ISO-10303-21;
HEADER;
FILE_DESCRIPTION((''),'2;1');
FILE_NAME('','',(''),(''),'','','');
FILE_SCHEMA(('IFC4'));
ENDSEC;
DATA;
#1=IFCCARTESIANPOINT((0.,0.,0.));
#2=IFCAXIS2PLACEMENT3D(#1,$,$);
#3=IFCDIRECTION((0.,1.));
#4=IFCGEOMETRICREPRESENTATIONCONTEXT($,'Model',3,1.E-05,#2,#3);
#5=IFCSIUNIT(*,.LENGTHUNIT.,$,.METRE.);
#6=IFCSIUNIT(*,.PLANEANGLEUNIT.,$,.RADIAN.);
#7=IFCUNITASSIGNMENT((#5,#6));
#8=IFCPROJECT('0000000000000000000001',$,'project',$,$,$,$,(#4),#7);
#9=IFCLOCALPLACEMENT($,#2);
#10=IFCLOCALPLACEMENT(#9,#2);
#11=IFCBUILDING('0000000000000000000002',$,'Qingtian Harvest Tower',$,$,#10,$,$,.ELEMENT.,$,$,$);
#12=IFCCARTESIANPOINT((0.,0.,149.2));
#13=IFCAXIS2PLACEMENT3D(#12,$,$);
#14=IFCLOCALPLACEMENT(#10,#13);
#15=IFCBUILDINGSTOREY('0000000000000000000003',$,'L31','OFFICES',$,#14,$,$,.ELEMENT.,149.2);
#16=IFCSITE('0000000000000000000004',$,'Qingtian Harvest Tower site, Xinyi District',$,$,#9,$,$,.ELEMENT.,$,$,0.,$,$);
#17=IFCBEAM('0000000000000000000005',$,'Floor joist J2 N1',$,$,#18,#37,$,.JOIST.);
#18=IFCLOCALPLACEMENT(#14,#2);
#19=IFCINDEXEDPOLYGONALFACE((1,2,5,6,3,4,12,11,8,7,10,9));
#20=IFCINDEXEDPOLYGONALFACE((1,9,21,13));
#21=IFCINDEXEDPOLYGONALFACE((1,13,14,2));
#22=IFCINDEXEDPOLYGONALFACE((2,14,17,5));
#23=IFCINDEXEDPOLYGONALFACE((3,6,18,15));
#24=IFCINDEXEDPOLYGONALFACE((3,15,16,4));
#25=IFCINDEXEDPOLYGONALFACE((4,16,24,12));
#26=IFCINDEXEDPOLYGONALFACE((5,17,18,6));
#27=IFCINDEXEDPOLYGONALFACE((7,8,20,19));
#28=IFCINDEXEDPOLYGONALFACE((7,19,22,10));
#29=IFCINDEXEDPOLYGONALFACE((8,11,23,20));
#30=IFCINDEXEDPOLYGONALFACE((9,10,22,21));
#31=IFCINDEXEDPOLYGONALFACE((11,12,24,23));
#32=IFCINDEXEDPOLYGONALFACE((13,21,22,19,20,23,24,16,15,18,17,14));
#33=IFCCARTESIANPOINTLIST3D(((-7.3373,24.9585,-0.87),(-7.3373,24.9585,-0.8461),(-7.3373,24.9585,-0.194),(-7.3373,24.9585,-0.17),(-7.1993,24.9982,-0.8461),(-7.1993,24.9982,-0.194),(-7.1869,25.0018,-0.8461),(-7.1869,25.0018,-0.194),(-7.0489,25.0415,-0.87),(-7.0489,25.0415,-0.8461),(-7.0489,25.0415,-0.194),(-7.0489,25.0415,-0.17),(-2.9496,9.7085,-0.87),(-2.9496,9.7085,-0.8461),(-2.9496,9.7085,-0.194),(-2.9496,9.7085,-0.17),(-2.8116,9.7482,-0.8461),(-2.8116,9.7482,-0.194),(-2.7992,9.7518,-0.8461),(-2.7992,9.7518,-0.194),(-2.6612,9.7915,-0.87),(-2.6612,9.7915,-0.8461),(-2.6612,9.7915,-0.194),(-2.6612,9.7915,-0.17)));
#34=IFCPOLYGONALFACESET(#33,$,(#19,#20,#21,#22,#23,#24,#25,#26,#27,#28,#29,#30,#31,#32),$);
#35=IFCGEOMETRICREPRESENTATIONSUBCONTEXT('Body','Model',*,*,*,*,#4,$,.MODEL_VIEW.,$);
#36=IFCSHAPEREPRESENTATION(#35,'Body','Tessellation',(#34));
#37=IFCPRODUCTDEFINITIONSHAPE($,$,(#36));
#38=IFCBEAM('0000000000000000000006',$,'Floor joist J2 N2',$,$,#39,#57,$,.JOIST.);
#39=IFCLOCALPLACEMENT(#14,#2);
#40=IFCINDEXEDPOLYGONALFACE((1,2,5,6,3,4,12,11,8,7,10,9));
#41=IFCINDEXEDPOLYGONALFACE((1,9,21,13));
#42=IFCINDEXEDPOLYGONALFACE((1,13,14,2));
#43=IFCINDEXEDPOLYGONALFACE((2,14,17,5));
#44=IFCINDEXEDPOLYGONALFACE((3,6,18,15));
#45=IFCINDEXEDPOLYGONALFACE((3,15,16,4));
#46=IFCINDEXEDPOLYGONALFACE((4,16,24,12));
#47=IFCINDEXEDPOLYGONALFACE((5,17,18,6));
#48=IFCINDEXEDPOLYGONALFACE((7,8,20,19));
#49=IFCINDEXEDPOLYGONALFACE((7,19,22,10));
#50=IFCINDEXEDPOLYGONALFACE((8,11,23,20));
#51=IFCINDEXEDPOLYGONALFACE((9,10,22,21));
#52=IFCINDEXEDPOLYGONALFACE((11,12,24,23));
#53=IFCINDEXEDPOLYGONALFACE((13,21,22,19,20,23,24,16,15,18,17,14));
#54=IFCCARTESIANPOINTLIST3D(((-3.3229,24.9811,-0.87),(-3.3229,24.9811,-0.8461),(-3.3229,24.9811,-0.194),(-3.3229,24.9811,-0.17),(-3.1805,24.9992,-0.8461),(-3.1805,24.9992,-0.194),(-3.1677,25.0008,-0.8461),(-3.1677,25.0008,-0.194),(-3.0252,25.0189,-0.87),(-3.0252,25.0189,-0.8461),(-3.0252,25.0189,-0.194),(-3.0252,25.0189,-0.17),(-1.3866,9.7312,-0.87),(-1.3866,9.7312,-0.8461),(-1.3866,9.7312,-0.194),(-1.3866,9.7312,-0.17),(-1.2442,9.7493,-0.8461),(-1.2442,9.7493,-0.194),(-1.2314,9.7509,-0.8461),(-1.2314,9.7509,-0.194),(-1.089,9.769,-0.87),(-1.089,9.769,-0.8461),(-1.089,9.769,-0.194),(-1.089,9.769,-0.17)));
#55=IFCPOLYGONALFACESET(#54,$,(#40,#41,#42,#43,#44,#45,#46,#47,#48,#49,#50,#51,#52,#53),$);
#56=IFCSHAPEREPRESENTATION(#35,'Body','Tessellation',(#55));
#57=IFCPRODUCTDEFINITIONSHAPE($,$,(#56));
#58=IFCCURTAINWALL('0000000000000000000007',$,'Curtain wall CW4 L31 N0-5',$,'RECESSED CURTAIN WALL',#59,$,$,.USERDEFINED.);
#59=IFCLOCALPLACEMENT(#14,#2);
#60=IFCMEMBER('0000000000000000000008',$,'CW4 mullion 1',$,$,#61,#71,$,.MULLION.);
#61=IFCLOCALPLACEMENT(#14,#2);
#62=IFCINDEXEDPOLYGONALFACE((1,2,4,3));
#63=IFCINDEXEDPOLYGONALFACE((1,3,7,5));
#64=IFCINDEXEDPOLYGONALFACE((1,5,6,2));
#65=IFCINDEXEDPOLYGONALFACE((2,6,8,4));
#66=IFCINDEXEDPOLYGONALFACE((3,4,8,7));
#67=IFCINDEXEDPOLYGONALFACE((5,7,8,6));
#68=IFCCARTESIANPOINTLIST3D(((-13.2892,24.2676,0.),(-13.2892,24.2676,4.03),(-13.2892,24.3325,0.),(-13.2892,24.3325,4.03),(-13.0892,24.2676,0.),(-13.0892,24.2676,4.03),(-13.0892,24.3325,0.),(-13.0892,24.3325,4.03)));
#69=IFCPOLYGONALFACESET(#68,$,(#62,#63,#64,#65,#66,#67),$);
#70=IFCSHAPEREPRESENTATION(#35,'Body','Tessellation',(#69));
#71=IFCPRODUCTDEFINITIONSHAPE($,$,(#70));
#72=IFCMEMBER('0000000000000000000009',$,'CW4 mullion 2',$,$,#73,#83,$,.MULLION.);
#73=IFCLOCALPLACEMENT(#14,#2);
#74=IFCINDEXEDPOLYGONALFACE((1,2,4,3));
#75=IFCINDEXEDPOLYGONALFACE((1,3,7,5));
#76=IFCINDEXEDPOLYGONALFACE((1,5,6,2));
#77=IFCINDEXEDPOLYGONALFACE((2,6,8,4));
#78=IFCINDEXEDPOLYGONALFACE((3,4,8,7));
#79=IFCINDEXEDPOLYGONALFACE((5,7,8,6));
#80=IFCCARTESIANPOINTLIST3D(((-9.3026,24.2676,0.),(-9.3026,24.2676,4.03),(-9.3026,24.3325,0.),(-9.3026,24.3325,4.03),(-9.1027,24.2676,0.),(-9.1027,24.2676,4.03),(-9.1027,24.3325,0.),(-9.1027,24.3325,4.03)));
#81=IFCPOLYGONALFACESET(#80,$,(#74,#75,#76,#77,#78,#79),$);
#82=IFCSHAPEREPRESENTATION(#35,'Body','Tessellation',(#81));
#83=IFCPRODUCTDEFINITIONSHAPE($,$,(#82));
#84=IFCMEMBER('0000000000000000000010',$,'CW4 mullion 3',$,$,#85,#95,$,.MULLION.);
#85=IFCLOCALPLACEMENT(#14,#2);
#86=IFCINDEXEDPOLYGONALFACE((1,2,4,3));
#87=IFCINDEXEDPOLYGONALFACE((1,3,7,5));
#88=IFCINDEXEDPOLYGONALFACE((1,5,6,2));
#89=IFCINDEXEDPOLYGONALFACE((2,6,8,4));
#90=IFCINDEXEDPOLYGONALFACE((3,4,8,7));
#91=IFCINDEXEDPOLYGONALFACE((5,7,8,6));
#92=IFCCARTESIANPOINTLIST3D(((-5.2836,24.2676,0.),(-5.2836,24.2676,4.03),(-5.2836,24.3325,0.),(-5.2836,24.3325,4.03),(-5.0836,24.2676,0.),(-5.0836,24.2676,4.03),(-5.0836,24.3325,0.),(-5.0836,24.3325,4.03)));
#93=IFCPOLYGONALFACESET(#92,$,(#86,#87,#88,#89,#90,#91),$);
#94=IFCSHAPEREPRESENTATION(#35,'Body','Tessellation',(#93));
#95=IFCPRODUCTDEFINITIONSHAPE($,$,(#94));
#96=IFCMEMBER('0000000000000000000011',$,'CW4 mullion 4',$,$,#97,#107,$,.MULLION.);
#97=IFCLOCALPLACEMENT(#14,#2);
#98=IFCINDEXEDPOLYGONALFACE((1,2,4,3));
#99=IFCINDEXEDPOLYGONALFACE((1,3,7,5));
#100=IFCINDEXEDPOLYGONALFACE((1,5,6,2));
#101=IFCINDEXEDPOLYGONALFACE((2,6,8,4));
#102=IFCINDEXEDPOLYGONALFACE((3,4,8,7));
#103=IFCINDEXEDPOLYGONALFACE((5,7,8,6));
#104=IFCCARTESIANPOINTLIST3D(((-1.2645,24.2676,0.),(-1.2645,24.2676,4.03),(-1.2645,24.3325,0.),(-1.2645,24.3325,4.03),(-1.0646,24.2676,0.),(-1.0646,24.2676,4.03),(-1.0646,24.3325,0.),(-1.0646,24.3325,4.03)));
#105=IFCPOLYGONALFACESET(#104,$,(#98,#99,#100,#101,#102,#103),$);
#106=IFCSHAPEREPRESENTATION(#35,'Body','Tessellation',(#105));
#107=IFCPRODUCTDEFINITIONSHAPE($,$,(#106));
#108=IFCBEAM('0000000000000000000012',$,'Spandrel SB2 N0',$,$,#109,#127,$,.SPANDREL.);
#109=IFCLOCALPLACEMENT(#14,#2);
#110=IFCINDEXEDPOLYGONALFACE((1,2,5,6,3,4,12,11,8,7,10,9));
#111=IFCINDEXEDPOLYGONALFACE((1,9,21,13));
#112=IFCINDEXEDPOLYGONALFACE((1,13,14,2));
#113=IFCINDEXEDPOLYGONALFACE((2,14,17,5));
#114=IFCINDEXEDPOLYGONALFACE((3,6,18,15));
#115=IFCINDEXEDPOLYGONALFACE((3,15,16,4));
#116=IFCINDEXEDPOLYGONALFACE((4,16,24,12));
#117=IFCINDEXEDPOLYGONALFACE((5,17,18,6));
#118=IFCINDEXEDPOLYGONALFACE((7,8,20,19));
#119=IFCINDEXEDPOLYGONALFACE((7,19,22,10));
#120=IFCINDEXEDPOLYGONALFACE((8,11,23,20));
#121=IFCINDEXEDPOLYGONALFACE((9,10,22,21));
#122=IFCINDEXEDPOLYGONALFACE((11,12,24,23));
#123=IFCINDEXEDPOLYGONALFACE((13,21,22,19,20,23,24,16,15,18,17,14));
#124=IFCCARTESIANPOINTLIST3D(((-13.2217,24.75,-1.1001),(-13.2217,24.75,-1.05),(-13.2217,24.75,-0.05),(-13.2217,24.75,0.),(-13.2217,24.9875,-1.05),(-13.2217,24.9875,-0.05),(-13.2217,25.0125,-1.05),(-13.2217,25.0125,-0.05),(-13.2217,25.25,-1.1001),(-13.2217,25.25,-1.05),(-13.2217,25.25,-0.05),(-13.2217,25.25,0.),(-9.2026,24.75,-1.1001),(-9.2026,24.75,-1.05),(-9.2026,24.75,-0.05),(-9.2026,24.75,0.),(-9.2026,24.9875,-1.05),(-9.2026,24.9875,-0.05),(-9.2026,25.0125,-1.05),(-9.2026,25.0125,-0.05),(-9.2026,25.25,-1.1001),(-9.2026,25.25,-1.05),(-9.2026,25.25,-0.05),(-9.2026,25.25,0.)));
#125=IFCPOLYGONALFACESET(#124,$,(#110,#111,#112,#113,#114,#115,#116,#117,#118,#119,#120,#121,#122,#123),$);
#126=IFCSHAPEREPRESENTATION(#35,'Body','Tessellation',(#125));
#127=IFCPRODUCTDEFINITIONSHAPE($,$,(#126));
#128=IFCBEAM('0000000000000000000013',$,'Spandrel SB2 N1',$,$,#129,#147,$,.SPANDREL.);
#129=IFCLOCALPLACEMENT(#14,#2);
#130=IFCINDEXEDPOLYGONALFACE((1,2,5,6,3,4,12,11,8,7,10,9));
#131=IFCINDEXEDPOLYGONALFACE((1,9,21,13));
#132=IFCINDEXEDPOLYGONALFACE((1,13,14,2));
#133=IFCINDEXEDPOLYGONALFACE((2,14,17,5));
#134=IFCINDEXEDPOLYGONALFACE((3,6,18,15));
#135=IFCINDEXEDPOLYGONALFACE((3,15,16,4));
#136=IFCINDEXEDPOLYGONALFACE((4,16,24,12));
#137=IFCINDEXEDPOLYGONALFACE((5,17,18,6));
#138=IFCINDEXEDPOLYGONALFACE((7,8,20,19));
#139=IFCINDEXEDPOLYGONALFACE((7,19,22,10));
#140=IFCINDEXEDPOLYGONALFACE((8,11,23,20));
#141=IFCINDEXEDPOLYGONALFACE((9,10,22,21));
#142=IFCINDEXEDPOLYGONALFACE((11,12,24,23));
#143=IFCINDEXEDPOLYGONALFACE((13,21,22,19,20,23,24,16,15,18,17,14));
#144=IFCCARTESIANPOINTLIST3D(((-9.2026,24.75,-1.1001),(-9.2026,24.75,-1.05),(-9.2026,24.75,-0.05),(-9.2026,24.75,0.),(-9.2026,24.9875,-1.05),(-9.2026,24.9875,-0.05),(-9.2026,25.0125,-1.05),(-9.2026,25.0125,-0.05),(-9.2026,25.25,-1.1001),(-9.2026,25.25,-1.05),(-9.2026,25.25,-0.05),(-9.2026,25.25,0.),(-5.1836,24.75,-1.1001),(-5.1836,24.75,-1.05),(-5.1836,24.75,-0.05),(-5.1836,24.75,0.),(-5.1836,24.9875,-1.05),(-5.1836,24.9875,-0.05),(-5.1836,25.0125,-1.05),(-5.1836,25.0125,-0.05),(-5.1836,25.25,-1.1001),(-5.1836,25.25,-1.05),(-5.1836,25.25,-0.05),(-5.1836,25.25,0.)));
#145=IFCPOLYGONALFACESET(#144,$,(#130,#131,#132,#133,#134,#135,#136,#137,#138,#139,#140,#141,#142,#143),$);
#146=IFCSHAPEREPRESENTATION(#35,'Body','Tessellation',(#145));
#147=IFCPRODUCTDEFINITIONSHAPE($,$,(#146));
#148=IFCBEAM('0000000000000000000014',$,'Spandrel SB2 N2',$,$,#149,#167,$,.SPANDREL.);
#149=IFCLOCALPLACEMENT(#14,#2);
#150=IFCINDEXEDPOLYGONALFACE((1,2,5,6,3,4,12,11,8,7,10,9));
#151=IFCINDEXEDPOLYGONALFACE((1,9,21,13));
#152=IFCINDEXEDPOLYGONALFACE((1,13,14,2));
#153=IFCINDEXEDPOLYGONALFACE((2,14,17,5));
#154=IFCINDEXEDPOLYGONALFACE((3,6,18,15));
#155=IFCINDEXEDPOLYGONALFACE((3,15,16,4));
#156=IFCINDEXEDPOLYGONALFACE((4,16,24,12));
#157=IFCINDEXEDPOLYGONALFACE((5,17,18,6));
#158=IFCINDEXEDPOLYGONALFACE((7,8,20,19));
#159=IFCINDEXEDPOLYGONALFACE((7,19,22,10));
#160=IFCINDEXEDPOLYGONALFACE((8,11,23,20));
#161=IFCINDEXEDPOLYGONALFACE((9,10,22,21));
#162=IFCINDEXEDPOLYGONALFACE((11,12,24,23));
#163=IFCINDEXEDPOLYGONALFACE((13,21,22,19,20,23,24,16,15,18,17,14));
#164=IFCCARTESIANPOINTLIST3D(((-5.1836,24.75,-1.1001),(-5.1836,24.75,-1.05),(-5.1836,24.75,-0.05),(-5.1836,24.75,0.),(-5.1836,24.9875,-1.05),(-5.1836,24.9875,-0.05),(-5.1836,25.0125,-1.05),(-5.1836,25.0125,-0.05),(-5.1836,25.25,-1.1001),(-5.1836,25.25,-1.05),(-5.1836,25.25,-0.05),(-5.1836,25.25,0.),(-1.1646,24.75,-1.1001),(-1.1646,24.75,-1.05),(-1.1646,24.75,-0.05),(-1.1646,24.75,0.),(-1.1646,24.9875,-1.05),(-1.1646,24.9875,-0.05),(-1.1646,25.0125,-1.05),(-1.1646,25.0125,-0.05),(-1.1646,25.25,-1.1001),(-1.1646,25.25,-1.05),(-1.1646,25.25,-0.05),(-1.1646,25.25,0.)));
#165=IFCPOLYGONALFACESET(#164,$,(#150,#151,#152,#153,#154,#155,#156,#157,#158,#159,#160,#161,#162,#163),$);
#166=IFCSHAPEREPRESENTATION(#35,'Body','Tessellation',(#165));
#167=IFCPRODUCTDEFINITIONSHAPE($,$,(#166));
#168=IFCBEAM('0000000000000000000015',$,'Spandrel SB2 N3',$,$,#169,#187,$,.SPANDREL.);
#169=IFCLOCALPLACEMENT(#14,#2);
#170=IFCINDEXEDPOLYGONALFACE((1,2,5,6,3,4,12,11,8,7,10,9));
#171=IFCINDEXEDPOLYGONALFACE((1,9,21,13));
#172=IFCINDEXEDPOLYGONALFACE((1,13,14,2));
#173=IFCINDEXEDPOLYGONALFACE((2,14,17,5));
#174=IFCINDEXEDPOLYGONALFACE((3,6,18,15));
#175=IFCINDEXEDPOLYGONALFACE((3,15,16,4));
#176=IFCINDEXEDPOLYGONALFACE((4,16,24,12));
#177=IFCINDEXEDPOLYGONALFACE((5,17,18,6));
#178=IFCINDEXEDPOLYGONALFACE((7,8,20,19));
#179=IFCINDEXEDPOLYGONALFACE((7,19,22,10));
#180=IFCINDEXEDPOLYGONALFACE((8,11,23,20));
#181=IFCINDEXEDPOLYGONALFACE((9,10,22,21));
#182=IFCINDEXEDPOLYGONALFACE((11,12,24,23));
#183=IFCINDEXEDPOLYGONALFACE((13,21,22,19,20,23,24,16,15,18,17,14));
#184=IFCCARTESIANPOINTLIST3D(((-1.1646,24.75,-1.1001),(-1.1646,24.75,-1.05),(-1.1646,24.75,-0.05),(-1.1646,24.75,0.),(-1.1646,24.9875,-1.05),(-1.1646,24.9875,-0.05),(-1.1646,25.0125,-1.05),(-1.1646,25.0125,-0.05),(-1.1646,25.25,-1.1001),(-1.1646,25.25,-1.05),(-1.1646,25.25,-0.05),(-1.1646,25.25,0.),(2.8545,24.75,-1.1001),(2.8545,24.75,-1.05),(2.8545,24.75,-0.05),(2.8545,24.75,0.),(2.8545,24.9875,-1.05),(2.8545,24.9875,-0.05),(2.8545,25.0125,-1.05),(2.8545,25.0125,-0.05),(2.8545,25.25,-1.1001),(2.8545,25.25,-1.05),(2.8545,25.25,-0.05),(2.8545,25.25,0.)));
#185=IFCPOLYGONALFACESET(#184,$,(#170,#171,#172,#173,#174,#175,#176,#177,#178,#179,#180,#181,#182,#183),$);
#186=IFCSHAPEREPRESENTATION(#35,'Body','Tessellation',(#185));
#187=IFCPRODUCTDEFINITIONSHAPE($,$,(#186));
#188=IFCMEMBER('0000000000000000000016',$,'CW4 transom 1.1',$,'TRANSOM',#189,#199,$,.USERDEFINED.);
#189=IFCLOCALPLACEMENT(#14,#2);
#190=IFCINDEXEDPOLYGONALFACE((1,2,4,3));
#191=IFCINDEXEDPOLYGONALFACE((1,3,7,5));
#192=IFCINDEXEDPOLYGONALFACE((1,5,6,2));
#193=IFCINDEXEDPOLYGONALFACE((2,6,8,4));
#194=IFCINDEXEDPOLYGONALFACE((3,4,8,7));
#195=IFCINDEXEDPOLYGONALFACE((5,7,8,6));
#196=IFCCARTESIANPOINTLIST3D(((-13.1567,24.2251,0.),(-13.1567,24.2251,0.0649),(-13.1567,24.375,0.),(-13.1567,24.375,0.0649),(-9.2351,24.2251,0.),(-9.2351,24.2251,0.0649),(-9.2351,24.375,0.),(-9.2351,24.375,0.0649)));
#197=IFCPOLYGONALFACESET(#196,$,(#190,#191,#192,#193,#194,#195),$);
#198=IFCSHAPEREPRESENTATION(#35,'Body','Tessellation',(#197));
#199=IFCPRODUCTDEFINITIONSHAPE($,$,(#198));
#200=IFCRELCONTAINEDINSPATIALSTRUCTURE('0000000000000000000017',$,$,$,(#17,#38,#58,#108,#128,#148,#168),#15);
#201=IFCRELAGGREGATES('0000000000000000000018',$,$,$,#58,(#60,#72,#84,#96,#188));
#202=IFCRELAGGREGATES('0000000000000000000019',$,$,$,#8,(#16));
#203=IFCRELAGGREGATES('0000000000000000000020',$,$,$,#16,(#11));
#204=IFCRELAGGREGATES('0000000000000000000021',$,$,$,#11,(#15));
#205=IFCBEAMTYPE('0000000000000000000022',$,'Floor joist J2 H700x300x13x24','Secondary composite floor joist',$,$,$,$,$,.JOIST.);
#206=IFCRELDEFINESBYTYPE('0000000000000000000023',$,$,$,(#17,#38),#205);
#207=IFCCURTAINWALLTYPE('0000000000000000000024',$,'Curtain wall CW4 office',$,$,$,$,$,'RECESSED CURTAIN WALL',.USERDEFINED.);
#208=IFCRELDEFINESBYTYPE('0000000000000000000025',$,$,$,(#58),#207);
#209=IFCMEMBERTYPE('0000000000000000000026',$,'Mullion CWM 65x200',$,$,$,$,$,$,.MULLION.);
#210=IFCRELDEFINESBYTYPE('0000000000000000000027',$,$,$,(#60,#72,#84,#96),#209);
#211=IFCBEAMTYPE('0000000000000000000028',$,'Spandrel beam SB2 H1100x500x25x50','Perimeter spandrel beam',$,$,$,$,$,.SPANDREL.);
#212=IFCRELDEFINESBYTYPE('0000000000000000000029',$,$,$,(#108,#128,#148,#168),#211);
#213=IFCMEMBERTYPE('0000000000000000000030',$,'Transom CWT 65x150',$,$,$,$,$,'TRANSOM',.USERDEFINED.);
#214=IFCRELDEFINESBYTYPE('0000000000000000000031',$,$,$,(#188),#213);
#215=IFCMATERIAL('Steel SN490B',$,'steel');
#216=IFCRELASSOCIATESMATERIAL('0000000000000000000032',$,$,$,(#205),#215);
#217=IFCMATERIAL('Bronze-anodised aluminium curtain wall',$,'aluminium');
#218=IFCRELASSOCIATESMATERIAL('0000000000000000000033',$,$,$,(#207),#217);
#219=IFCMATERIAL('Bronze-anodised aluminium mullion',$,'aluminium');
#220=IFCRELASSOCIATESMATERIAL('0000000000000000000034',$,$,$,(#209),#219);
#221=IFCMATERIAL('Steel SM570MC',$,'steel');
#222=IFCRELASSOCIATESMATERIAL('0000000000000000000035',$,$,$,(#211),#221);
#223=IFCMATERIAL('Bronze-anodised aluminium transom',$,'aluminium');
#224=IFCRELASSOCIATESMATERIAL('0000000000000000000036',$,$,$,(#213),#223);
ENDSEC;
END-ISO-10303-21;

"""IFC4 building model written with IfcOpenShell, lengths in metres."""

from ifc_helpers import new_model, si_unit, direction, frame, origin, origin_2d, place, context, subcontext, project, spatial, rectangle, i_section, extrude, material, material_profile, profile_set, type_object, element, aggregate, save


model = new_model("IFC4")

# Units and contexts
model_context = context("Model", 3, precision=1e-05, world=origin(), true_north=direction((0.0, 1.0)))
body_context = subcontext(model_context, "Body", "Model", "MODEL_VIEW")
ifc_project = project(units=[si_unit("LENGTHUNIT", "METRE"), si_unit("PLANEANGLEUNIT", "RADIAN")], contexts=[model_context])

# Site, building, storey
site_placement = place(None, origin())
site = spatial("IfcSite", under=ifc_project, at=site_placement, Name="Qingtian Harvest Tower site, Xinyi District", CompositionType="ELEMENT", RefElevation=0.0)
building_placement = place(site_placement, origin())
building = spatial("IfcBuilding", under=site, at=building_placement, Name="Qingtian Harvest Tower", CompositionType="ELEMENT")
storey_placement = place(building_placement, frame((0.0, 0.0, 149.2)))
storey = spatial("IfcBuildingStorey", under=building, at=storey_placement, Name="L31", Description="OFFICES", CompositionType="ELEMENT", Elevation=149.2)

# Beams
ifc_material_1 = material(Name="Steel SN490B", Category="steel")
ifc_material_profile_1 = material_profile(ifc_material_1, i_section(OverallWidth=0.3, OverallDepth=0.7, WebThickness=0.0129, FlangeThickness=0.0239, at=origin_2d()), Name="H700x300x13x24")
ifc_profile_set_1 = profile_set([ifc_material_profile_1], Name="Steel SN490B")
beam_type_1 = type_object("IfcBeamType", Name="Floor joist J2 H700x300x13x24", Description="Secondary composite floor joist", PredefinedType="JOIST", material=ifc_profile_set_1)
beam_1_placement = place(storey_placement, frame((-7.1931, 25.0, -0.52), z_axis=(0.276501, -0.961014, 0.0), x_axis=(0.961014, 0.276501, 0.0)))
element("IfcBeam", 1, at=beam_1_placement, inside=storey, type_object=beam_type_1, Name="Floor joist J2 N1", PredefinedType="JOIST", context=body_context, shape_type="SweptSolid", body=[
    extrude(i_section(OverallWidth=0.3, OverallDepth=0.7, WebThickness=0.0129, FlangeThickness=0.0239, at=origin_2d()), origin(), (0.0, 0.0, 1.0), 15.8687),
])
beam_2_placement = place(storey_placement, frame((-3.1741, 25.0, -0.52), z_axis=(0.125958, -0.992036, 0.0), x_axis=(0.992036, 0.125958, 0.0)))
element("IfcBeam", 2, at=beam_2_placement, inside=storey, type_object=beam_type_1, Name="Floor joist J2 N2", PredefinedType="JOIST", context=body_context, shape_type="SweptSolid", body=[
    extrude(i_section(OverallWidth=0.3, OverallDepth=0.7, WebThickness=0.0129, FlangeThickness=0.0239, at=origin_2d()), origin(), (0.0, 0.0, 1.0), 15.3723),
])

# Curtain wall, members
ifc_material_2 = material(Name="Bronze-anodised aluminium curtain wall", Category="aluminium")
curtain_wall_type = type_object("IfcCurtainWallType", Name="Curtain wall CW4 office", ElementType="RECESSED CURTAIN WALL", PredefinedType="USERDEFINED", material=ifc_material_2)
curtain_wall_placement = place(storey_placement, origin())
curtain_wall = element("IfcCurtainWall", 3, at=curtain_wall_placement, inside=storey, type_object=curtain_wall_type, Name="Curtain wall CW4 L31 N0-5", ObjectType="RECESSED CURTAIN WALL", PredefinedType="USERDEFINED")
ifc_material_3 = material(Name="Bronze-anodised aluminium mullion", Category="aluminium")
ifc_material_profile_2 = material_profile(ifc_material_3, rectangle(XDim=0.0649, YDim=0.2, at=origin_2d()), Name="AL 65x200")
ifc_profile_set_2 = profile_set([ifc_material_profile_2], Name="Bronze-anodised aluminium mullion")
member_type_1 = type_object("IfcMemberType", Name="Mullion CWM 65x200", PredefinedType="MULLION", material=ifc_profile_set_2)
member_1_placement = place(storey_placement, frame((-13.1892, 24.3, 0.0), z_axis=(0.0, 0.0, 1.0), x_axis=(0.0, 1.0, 0.0)))
member_1 = element("IfcMember", 4, at=member_1_placement, type_object=member_type_1, Name="CW4 mullion 1", PredefinedType="MULLION", context=body_context, shape_type="SweptSolid", body=[
    extrude(rectangle(XDim=0.0649, YDim=0.2, at=origin_2d()), origin(), (0.0, 0.0, 1.0), 4.03),
])
member_2_placement = place(storey_placement, frame((-9.2026, 24.3, 0.0), z_axis=(0.0, 0.0, 1.0), x_axis=(0.0, 1.0, 0.0)))
member_2 = element("IfcMember", 5, at=member_2_placement, type_object=member_type_1, Name="CW4 mullion 2", PredefinedType="MULLION", context=body_context, shape_type="SweptSolid", body=[
    extrude(rectangle(XDim=0.0649, YDim=0.2, at=origin_2d()), origin(), (0.0, 0.0, 1.0), 4.03),
])
member_3_placement = place(storey_placement, frame((-5.1836, 24.3, 0.0), z_axis=(0.0, 0.0, 1.0), x_axis=(0.0, 1.0, 0.0)))
member_3 = element("IfcMember", 6, at=member_3_placement, type_object=member_type_1, Name="CW4 mullion 3", PredefinedType="MULLION", context=body_context, shape_type="SweptSolid", body=[
    extrude(rectangle(XDim=0.0649, YDim=0.2, at=origin_2d()), origin(), (0.0, 0.0, 1.0), 4.03),
])
member_4_placement = place(storey_placement, frame((-1.1646, 24.3, 0.0), z_axis=(0.0, 0.0, 1.0), x_axis=(0.0, 1.0, 0.0)))
member_4 = element("IfcMember", 7, at=member_4_placement, type_object=member_type_1, Name="CW4 mullion 4", PredefinedType="MULLION", context=body_context, shape_type="SweptSolid", body=[
    extrude(rectangle(XDim=0.0649, YDim=0.2, at=origin_2d()), origin(), (0.0, 0.0, 1.0), 4.03),
])

# Beams
ifc_material_4 = material(Name="Steel SM570MC", Category="steel")
ifc_material_profile_3 = material_profile(ifc_material_4, i_section(OverallWidth=0.5, OverallDepth=1.1001, WebThickness=0.0249, FlangeThickness=0.05, at=origin_2d()), Name="H1100x500x25x50")
ifc_profile_set_3 = profile_set([ifc_material_profile_3], Name="Steel SM570MC")
beam_type_2 = type_object("IfcBeamType", Name="Spandrel beam SB2 H1100x500x25x50", Description="Perimeter spandrel beam", PredefinedType="SPANDREL", material=ifc_profile_set_3)
for number, where, z_axis, x_axis, name in (
    (8, (-13.2217, 25.0, -0.55), (1.0, 0.0, 0.0), (0.0, 1.0, 0.0), "Spandrel SB2 N0"),
    (9, (-9.2026, 25.0, -0.55), (1.0, 0.0, 0.0), (0.0, 1.0, 0.0), "Spandrel SB2 N1"),
    (10, (-5.1836, 25.0, -0.55), (1.0, 0.0, 0.0), (0.0, 1.0, 0.0), "Spandrel SB2 N2"),
    (11, (-1.1646, 25.0, -0.55), (1.0, 0.0, 0.0), (0.0, 1.0, 0.0), "Spandrel SB2 N3"),
):
    element("IfcBeam", number, at=place(storey_placement, frame(where, z_axis=z_axis, x_axis=x_axis)), inside=storey, type_object=beam_type_2, Name=name, PredefinedType="SPANDREL", context=body_context, shape_type="SweptSolid", body=[
        extrude(i_section(OverallWidth=0.5, OverallDepth=1.1001, WebThickness=0.0249, FlangeThickness=0.05, at=origin_2d()), origin(), (0.0, 0.0, 1.0), 4.019),
    ])

# Member
ifc_material_5 = material(Name="Bronze-anodised aluminium transom", Category="aluminium")
ifc_material_profile_4 = material_profile(ifc_material_5, rectangle(XDim=0.1499, YDim=0.0649, at=origin_2d()), Name="AL 65x150")
ifc_profile_set_4 = profile_set([ifc_material_profile_4], Name="Bronze-anodised aluminium transom")
member_type_2 = type_object("IfcMemberType", Name="Transom CWT 65x150", ElementType="TRANSOM", PredefinedType="USERDEFINED", material=ifc_profile_set_4)
member_5_placement = place(storey_placement, frame((-13.1567, 24.3, 0.0325), z_axis=(1.0, 0.0, 0.0), x_axis=(0.0, 1.0, 0.0)))
member_5 = element("IfcMember", 12, at=member_5_placement, type_object=member_type_2, Name="CW4 transom 1.1", ObjectType="TRANSOM", PredefinedType="USERDEFINED", context=body_context, shape_type="SweptSolid", body=[
    extrude(rectangle(XDim=0.1499, YDim=0.0649, at=origin_2d()), origin(), (0.0, 0.0, 1.0), 3.9216),
])

aggregate(curtain_wall, [member_1, member_2, member_3, member_4, member_5])

save(model, "model.ifc")
